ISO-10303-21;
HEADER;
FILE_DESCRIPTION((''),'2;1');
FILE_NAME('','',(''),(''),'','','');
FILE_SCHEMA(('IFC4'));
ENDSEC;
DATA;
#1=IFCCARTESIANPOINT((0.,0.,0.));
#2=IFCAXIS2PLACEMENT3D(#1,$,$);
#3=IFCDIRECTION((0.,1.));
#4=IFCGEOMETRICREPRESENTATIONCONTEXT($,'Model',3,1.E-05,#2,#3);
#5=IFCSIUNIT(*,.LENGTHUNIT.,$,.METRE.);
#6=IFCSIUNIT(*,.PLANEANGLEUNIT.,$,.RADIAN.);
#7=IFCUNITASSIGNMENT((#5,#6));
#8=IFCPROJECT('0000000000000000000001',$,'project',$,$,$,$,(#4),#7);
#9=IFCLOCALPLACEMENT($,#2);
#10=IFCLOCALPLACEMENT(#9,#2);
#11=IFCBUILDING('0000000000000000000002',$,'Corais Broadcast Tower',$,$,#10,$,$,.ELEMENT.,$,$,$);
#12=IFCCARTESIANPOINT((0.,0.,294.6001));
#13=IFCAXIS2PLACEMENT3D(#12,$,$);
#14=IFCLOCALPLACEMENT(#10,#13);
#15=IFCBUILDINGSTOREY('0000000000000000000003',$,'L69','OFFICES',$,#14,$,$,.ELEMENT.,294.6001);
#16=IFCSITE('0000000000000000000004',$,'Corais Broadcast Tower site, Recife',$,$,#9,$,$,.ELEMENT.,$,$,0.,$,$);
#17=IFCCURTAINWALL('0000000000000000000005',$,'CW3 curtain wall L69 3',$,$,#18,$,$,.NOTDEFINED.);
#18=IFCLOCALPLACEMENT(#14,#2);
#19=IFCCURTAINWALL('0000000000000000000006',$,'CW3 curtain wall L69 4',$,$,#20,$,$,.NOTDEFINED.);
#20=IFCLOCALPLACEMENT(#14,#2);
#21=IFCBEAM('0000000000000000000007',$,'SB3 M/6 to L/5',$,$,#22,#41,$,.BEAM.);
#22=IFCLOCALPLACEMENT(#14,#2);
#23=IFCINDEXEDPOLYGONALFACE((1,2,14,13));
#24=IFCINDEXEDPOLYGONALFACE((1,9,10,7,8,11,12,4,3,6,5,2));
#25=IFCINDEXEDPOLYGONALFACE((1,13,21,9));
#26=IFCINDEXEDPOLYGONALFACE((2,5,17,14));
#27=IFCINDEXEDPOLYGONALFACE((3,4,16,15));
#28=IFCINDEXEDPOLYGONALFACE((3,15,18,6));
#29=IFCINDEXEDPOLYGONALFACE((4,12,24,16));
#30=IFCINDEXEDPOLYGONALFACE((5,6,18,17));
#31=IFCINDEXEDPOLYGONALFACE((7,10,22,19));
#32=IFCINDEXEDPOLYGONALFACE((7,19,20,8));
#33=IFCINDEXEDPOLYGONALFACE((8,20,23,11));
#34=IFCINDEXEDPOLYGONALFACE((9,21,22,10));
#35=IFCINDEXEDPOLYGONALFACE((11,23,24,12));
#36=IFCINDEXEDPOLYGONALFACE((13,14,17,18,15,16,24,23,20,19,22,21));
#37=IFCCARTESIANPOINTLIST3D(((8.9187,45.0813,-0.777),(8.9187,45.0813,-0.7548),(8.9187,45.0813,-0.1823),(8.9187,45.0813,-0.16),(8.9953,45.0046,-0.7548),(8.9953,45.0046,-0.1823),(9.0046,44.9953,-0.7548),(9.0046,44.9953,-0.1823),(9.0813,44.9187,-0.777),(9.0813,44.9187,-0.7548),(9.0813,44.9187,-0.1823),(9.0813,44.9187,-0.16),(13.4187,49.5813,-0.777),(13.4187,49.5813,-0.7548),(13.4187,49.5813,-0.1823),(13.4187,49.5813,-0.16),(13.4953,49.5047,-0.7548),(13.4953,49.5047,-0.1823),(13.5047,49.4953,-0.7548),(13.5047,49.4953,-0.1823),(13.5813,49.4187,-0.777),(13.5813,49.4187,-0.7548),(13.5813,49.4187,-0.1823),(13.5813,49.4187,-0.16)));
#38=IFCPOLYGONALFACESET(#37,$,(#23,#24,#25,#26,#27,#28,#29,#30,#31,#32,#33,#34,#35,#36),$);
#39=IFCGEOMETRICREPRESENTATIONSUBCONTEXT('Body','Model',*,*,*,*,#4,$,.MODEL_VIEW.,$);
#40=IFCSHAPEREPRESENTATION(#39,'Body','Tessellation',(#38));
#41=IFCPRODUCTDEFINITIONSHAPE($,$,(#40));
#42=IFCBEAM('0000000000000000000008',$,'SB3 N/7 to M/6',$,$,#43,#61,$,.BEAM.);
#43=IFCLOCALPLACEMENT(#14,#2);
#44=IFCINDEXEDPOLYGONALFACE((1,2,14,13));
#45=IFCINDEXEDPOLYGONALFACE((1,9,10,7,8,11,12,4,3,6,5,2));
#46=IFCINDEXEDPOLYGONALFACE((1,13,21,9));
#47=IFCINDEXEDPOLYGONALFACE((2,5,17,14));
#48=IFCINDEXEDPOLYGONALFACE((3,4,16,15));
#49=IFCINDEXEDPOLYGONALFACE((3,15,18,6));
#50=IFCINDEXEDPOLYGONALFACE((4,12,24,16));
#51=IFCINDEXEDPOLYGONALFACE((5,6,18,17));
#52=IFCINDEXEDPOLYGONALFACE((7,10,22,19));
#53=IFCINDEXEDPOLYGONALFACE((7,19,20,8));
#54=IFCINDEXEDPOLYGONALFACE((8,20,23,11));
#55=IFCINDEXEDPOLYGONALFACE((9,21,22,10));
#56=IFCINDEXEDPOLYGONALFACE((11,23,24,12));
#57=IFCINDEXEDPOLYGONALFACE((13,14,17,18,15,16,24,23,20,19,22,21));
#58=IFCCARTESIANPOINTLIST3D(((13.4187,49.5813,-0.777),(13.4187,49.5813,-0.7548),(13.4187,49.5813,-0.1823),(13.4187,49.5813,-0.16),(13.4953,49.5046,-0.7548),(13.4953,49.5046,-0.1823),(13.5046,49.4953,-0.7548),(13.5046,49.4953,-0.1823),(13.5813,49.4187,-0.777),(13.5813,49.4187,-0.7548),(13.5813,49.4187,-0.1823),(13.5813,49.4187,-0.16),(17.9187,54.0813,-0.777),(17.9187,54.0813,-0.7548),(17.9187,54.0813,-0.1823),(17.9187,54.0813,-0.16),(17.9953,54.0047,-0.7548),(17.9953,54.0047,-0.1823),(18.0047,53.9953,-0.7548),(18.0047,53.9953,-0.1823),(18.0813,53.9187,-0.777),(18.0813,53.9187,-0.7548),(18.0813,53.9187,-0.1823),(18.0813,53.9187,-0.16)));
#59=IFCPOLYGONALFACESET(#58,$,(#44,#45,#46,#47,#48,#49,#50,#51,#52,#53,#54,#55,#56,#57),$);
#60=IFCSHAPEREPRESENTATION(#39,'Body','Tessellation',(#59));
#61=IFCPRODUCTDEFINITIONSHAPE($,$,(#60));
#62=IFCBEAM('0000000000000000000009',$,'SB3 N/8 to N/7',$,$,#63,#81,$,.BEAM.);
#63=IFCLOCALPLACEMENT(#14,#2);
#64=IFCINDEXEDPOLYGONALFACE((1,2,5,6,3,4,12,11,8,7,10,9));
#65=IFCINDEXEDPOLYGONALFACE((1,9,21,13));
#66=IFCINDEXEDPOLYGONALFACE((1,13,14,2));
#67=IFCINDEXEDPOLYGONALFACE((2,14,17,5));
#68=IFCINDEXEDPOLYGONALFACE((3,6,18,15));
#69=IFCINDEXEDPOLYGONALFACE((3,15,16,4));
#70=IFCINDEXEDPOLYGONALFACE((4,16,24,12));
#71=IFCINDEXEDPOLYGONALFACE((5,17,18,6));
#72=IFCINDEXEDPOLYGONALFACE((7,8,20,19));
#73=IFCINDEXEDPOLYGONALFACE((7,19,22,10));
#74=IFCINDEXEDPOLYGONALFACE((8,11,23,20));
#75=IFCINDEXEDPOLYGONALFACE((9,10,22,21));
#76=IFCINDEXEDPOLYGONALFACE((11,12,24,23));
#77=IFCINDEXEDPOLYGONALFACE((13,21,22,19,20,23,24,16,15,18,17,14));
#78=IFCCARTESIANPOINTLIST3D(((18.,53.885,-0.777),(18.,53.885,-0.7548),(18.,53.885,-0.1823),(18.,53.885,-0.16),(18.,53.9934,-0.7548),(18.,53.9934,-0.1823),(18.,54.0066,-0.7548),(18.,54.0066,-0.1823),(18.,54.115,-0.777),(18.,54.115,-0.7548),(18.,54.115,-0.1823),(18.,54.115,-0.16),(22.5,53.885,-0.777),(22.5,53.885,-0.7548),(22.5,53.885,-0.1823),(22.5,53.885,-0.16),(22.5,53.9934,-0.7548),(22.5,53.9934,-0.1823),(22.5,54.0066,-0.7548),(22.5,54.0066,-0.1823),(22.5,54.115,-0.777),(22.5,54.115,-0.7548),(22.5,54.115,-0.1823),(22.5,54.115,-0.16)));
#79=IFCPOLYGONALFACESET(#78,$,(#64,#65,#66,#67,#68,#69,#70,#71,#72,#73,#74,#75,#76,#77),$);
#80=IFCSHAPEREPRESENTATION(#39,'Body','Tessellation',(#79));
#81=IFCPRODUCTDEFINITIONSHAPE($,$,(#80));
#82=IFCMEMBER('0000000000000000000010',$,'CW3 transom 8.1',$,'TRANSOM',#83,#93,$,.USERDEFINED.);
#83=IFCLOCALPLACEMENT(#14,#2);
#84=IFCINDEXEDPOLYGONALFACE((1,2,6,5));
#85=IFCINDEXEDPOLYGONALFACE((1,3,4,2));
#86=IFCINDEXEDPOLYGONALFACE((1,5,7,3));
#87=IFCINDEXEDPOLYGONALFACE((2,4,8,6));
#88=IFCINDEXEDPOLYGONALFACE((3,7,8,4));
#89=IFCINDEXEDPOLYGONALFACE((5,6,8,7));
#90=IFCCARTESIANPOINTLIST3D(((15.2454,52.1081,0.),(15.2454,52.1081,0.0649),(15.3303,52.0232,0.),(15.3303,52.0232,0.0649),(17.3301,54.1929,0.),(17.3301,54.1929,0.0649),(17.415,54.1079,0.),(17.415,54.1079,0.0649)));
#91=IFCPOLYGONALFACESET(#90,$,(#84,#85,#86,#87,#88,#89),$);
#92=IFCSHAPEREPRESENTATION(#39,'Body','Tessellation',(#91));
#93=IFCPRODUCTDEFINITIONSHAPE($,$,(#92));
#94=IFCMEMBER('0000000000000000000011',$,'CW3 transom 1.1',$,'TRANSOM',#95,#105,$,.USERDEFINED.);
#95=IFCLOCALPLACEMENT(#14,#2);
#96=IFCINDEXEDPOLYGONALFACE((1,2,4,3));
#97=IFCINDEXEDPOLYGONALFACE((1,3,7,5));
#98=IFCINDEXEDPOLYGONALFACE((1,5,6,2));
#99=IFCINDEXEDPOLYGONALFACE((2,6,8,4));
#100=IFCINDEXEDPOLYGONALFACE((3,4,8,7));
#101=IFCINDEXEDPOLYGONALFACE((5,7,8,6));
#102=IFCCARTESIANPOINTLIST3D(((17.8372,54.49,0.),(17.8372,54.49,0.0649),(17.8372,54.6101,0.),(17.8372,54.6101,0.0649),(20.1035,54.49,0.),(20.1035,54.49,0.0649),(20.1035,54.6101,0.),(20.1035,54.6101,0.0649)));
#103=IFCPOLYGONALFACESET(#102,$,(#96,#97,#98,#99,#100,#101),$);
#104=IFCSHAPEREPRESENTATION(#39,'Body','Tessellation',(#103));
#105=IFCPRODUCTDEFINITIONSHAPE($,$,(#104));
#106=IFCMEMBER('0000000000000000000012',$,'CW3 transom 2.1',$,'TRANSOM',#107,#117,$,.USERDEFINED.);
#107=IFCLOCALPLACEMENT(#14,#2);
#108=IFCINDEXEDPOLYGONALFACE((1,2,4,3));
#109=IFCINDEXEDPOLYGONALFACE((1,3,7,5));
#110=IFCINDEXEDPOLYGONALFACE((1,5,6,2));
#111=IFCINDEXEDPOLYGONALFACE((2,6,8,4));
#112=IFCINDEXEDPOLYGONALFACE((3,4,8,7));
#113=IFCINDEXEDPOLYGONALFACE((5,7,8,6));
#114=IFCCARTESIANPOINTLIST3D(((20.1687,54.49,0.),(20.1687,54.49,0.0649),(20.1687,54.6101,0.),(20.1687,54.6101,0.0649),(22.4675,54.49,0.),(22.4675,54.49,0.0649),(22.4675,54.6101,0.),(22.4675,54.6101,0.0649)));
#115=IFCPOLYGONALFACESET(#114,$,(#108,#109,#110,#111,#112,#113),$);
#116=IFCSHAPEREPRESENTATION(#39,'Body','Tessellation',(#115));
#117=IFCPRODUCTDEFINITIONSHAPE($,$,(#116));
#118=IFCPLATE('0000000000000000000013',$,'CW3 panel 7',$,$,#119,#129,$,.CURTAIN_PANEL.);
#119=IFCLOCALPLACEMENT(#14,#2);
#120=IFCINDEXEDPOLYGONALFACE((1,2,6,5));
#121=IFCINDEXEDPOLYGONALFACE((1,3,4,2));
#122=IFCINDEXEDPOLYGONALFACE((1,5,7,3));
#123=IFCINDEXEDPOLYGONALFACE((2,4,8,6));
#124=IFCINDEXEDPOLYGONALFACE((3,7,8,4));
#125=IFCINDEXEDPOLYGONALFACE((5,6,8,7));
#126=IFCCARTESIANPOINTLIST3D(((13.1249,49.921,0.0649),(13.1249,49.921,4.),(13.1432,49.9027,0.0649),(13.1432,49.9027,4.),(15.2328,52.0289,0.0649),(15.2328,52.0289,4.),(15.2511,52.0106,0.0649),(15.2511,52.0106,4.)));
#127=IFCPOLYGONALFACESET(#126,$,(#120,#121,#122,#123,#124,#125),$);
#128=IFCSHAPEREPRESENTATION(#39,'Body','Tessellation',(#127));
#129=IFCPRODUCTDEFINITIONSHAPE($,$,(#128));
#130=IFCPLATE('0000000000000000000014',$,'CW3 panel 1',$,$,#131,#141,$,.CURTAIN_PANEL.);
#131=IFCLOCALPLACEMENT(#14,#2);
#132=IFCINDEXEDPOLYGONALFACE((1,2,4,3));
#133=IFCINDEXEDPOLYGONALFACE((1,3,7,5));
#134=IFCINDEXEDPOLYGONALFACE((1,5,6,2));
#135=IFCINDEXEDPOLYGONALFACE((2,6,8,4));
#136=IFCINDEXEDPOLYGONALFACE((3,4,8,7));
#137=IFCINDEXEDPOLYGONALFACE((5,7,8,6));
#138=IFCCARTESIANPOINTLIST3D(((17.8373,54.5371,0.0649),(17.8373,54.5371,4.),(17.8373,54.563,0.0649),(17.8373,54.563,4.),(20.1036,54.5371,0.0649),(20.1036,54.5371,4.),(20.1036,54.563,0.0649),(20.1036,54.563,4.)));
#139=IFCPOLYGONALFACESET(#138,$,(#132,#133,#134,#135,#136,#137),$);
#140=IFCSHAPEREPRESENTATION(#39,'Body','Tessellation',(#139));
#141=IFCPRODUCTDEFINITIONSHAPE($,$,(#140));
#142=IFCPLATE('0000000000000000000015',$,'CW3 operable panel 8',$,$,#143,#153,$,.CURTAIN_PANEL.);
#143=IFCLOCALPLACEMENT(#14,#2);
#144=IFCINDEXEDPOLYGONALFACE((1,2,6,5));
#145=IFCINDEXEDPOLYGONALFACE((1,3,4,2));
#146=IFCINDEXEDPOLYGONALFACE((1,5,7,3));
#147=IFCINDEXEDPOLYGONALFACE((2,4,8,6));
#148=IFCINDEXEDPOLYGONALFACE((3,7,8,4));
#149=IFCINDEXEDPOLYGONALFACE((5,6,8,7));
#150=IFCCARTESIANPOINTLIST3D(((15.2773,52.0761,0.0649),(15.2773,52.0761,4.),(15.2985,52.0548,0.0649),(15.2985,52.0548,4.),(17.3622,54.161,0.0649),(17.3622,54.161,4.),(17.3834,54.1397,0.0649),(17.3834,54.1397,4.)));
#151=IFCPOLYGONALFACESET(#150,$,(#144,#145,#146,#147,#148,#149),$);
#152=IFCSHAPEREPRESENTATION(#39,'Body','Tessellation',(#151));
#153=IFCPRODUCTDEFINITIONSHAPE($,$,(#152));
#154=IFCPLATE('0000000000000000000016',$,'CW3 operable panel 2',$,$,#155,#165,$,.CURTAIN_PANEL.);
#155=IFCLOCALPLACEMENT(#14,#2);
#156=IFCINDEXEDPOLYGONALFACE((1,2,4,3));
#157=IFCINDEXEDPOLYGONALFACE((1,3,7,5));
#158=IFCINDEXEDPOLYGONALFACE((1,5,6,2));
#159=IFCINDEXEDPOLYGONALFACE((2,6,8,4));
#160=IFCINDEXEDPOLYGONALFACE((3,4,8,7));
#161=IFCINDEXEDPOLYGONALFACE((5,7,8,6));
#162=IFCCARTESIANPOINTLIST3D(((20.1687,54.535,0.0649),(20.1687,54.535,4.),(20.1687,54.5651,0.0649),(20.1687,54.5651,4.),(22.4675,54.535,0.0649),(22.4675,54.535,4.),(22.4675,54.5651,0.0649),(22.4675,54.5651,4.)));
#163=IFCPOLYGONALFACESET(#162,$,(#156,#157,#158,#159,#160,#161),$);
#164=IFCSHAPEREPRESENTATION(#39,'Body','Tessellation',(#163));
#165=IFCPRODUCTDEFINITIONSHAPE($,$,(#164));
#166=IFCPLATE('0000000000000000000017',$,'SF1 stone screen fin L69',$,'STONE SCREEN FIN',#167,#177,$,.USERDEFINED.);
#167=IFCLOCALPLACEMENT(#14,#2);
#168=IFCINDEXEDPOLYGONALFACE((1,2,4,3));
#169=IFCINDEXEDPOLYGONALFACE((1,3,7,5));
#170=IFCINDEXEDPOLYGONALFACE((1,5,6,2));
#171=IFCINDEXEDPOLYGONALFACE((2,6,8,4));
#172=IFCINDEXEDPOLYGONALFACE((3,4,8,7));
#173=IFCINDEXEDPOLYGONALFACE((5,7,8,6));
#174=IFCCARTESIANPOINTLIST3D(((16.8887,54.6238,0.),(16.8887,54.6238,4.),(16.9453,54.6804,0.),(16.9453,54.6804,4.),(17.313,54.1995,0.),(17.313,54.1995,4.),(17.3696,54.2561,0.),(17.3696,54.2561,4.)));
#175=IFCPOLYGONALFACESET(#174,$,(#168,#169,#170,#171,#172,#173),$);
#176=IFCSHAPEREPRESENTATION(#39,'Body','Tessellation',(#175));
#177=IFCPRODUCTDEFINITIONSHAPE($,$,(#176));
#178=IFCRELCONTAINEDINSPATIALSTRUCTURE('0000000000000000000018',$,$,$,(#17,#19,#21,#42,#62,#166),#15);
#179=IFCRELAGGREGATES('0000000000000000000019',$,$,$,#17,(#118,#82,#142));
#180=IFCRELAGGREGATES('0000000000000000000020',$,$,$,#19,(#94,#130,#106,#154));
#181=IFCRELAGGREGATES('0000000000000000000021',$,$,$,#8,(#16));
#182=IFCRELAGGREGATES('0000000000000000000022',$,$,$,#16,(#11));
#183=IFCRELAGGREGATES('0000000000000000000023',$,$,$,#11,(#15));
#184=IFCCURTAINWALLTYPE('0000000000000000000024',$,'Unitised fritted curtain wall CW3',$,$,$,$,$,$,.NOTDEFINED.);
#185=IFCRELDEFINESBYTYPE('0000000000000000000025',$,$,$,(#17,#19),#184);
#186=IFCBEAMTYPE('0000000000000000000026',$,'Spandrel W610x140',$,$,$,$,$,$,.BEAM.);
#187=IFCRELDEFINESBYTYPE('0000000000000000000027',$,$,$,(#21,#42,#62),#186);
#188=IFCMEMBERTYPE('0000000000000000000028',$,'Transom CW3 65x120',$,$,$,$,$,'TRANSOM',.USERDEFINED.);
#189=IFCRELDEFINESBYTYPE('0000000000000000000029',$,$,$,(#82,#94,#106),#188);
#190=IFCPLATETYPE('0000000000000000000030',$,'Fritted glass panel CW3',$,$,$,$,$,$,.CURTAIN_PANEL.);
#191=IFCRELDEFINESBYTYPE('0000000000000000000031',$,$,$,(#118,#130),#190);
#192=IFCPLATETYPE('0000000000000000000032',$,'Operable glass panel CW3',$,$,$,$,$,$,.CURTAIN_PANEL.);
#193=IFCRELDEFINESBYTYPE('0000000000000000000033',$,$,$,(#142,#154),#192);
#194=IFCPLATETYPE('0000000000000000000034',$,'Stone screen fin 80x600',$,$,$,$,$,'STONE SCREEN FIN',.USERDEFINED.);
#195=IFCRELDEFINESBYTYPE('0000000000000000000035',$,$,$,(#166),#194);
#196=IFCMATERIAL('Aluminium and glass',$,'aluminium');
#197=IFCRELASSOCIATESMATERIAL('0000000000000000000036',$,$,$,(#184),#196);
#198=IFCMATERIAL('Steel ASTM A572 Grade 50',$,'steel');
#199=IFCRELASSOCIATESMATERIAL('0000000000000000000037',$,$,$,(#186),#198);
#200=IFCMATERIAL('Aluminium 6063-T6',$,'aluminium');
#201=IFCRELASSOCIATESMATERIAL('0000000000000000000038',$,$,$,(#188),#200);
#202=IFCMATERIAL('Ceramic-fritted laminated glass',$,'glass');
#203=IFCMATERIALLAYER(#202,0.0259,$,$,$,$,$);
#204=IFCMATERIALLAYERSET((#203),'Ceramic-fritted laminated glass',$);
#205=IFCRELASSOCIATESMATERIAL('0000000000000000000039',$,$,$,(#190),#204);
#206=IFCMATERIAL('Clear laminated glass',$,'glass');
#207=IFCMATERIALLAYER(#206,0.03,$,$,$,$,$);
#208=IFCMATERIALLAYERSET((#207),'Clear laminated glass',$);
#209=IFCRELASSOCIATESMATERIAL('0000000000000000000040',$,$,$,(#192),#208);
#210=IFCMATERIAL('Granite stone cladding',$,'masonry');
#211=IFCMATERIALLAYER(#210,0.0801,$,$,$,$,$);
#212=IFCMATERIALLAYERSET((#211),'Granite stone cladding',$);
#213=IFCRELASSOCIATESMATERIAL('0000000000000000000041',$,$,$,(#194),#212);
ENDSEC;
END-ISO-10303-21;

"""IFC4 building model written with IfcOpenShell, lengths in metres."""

from ifc_helpers import new_model, si_unit, direction, frame, origin, origin_2d, place, context, subcontext, project, spatial, rectangle, i_section, extrude, material, layer, layer_set, material_profile, profile_set, type_object, element, aggregate, save


model = new_model("IFC4")

# Units and contexts
model_context = context("Model", 3, precision=1e-05, world=origin(), true_north=direction((0.0, 1.0)))
body_context = subcontext(model_context, "Body", "Model", "MODEL_VIEW")
ifc_project = project(units=[si_unit("LENGTHUNIT", "METRE"), si_unit("PLANEANGLEUNIT", "RADIAN")], contexts=[model_context])

# Site, building, storey
site_placement = place(None, origin())
site = spatial("IfcSite", under=ifc_project, at=site_placement, Name="Corais Broadcast Tower site, Recife", CompositionType="ELEMENT", RefElevation=0.0)
building_placement = place(site_placement, origin())
building = spatial("IfcBuilding", under=site, at=building_placement, Name="Corais Broadcast Tower", CompositionType="ELEMENT")
storey_placement = place(building_placement, frame((0.0, 0.0, 294.6001)))
storey = spatial("IfcBuildingStorey", under=building, at=storey_placement, Name="L69", Description="OFFICES", CompositionType="ELEMENT", Elevation=294.6001)

# Curtain walls
ifc_material_1 = material(Name="Aluminium and glass", Category="aluminium")
curtain_wall_type = type_object("IfcCurtainWallType", Name="Unitised fritted curtain wall CW3", PredefinedType="NOTDEFINED", material=ifc_material_1)
curtain_wall_1_placement = place(storey_placement, origin())
curtain_wall_1 = element("IfcCurtainWall", 1, at=curtain_wall_1_placement, inside=storey, type_object=curtain_wall_type, Name="CW3 curtain wall L69 3", PredefinedType="NOTDEFINED")
curtain_wall_2_placement = place(storey_placement, origin())
curtain_wall_2 = element("IfcCurtainWall", 2, at=curtain_wall_2_placement, inside=storey, type_object=curtain_wall_type, Name="CW3 curtain wall L69 4", PredefinedType="NOTDEFINED")

# Beams
ifc_material_2 = material(Name="Steel ASTM A572 Grade 50", Category="steel")
ifc_material_profile_1 = material_profile(ifc_material_2, i_section(OverallWidth=0.23, OverallDepth=0.6169, WebThickness=0.0132, FlangeThickness=0.0222, at=origin_2d()), Name="W610x140")
ifc_profile_set_1 = profile_set([ifc_material_profile_1], Name="Steel ASTM A572 Grade 50")
beam_type_1 = type_object("IfcBeamType", Name="Spandrel W610x140", PredefinedType="BEAM", material=ifc_profile_set_1)
for number, where, z_axis, x_axis, name in (
    (3, (13.5, 49.5, -0.4685), (-0.707107, -0.707107, 0.0), (0.707107, -0.707107, 0.0), "SB3 M/6 to L/5"),
    (4, (18.0, 54.0, -0.4685), (-0.707107, -0.707107, 0.0), (0.707107, -0.707107, 0.0), "SB3 N/7 to M/6"),
):
    element("IfcBeam", number, at=place(storey_placement, frame(where, z_axis=z_axis, x_axis=x_axis)), inside=storey, type_object=beam_type_1, Name=name, PredefinedType="BEAM", context=body_context, shape_type="SweptSolid", body=[
        extrude(i_section(OverallWidth=0.23, OverallDepth=0.6169, WebThickness=0.0132, FlangeThickness=0.0222, at=origin_2d()), origin(), (0.0, 0.0, 1.0), 6.364),
    ])
beam_1_placement = place(storey_placement, frame((22.5, 54.0, -0.4685), z_axis=(-1.0, 0.0, 0.0), x_axis=(0.0, -1.0, 0.0)))
element("IfcBeam", 5, at=beam_1_placement, inside=storey, type_object=beam_type_1, Name="SB3 N/8 to N/7", PredefinedType="BEAM", context=body_context, shape_type="SweptSolid", body=[
    extrude(i_section(OverallWidth=0.23, OverallDepth=0.6169, WebThickness=0.0132, FlangeThickness=0.0222, at=origin_2d()), origin(), (0.0, 0.0, 1.0), 4.5),
])

# Members
ifc_material_3 = material(Name="Aluminium 6063-T6", Category="aluminium")
ifc_material_profile_2 = material_profile(ifc_material_3, rectangle(XDim=0.1201, YDim=0.0649, at=origin_2d()), Name="Transom CW3 65x120")
ifc_profile_set_2 = profile_set([ifc_material_profile_2], Name="Aluminium 6063-T6")
member_type_1 = type_object("IfcMemberType", Name="Transom CW3 65x120", ElementType="TRANSOM", PredefinedType="USERDEFINED", material=ifc_profile_set_2)
member_1_placement = place(storey_placement, frame((15.2878, 52.0657, 0.0325), z_axis=(0.707107, 0.707107, 0.0), x_axis=(-0.707107, 0.707107, 0.0)))
member_1 = element("IfcMember", 6, at=member_1_placement, type_object=member_type_1, Name="CW3 transom 8.1", ObjectType="TRANSOM", PredefinedType="USERDEFINED", context=body_context, shape_type="SweptSolid", body=[
    extrude(rectangle(XDim=0.1201, YDim=0.0649, at=origin_2d()), origin(), (0.0, 0.0, 1.0), 2.9482),
])
member_2_placement = place(storey_placement, frame((17.8372, 54.55, 0.0325), z_axis=(1.0, 0.0, 0.0), x_axis=(0.0, 1.0, 0.0)))
member_2 = element("IfcMember", 7, at=member_2_placement, type_object=member_type_1, Name="CW3 transom 1.1", ObjectType="TRANSOM", PredefinedType="USERDEFINED", context=body_context, shape_type="SweptSolid", body=[
    extrude(rectangle(XDim=0.1201, YDim=0.0649, at=origin_2d()), origin(), (0.0, 0.0, 1.0), 2.2664),
])
member_3_placement = place(storey_placement, frame((20.1687, 54.55, 0.0325), z_axis=(1.0, 0.0, 0.0), x_axis=(0.0, 1.0, 0.0)))
member_3 = element("IfcMember", 8, at=member_3_placement, type_object=member_type_1, Name="CW3 transom 2.1", ObjectType="TRANSOM", PredefinedType="USERDEFINED", context=body_context, shape_type="SweptSolid", body=[
    extrude(rectangle(XDim=0.1201, YDim=0.0649, at=origin_2d()), origin(), (0.0, 0.0, 1.0), 2.2988),
])

# Plates
ifc_material_4 = material(Name="Ceramic-fritted laminated glass", Category="glass")
ifc_layer_1 = layer(ifc_material_4, 0.0259)
ifc_layer_set_1 = layer_set([ifc_layer_1], Name="Ceramic-fritted laminated glass")
plate_type_1 = type_object("IfcPlateType", Name="Fritted glass panel CW3", PredefinedType="CURTAIN_PANEL", material=ifc_layer_set_1)
plate_1_placement = place(storey_placement, frame((14.188, 50.9658, 0.0649), z_axis=(0.0, 0.0, 1.0), x_axis=(0.707107, 0.707107, 0.0)))
plate_1 = element("IfcPlate", 9, at=plate_1_placement, type_object=plate_type_1, Name="CW3 panel 7", PredefinedType="CURTAIN_PANEL", context=body_context, shape_type="SweptSolid", body=[
    extrude(rectangle(XDim=2.981, YDim=0.0259, at=origin_2d()), origin(), (0.0, 0.0, 1.0), 3.9351),
])
plate_2_placement = place(storey_placement, frame((18.9705, 54.55, 0.0649), z_axis=(0.0, 0.0, 1.0), x_axis=(1.0, 0.0, 0.0)))
plate_2 = element("IfcPlate", 10, at=plate_2_placement, type_object=plate_type_1, Name="CW3 panel 1", PredefinedType="CURTAIN_PANEL", context=body_context, shape_type="SweptSolid", body=[
    extrude(rectangle(XDim=2.2664, YDim=0.0259, at=origin_2d()), origin(), (0.0, 0.0, 1.0), 3.9351),
])
ifc_material_5 = material(Name="Clear laminated glass", Category="glass")
ifc_layer_2 = layer(ifc_material_5, 0.03)
ifc_layer_set_2 = layer_set([ifc_layer_2], Name="Clear laminated glass")
plate_type_2 = type_object("IfcPlateType", Name="Operable glass panel CW3", PredefinedType="CURTAIN_PANEL", material=ifc_layer_set_2)
plate_3_placement = place(storey_placement, frame((16.3303, 53.1079, 0.0649), z_axis=(0.0, 0.0, 1.0), x_axis=(0.707107, 0.707107, 0.0)))
plate_3 = element("IfcPlate", 11, at=plate_3_placement, type_object=plate_type_2, Name="CW3 operable panel 8", PredefinedType="CURTAIN_PANEL", context=body_context, shape_type="SweptSolid", body=[
    extrude(rectangle(XDim=2.9485, YDim=0.03, at=origin_2d()), origin(), (0.0, 0.0, 1.0), 3.9351),
])
aggregate(curtain_wall_1, [plate_1, member_1, plate_3])
plate_4_placement = place(storey_placement, frame((21.3181, 54.55, 0.0649), z_axis=(0.0, 0.0, 1.0), x_axis=(1.0, 0.0, 0.0)))
plate_4 = element("IfcPlate", 12, at=plate_4_placement, type_object=plate_type_2, Name="CW3 operable panel 2", PredefinedType="CURTAIN_PANEL", context=body_context, shape_type="SweptSolid", body=[
    extrude(rectangle(XDim=2.2988, YDim=0.03, at=origin_2d()), origin(), (0.0, 0.0, 1.0), 3.9351),
])
aggregate(curtain_wall_2, [member_2, plate_2, member_3, plate_4])
ifc_material_6 = material(Name="Granite stone cladding", Category="masonry")
ifc_layer_3 = layer(ifc_material_6, 0.0801)
ifc_layer_set_3 = layer_set([ifc_layer_3], Name="Granite stone cladding")
plate_type_3 = type_object("IfcPlateType", Name="Stone screen fin 80x600", ElementType="STONE SCREEN FIN", PredefinedType="USERDEFINED", material=ifc_layer_set_3)
plate_5_placement = place(storey_placement, frame((17.1292, 54.4399, 0.0), z_axis=(0.0, 0.0, 1.0), x_axis=(0.707107, 0.707107, 0.0)))
element("IfcPlate", 13, at=plate_5_placement, inside=storey, type_object=plate_type_3, Name="SF1 stone screen fin L69", ObjectType="STONE SCREEN FIN", PredefinedType="USERDEFINED", context=body_context, shape_type="SweptSolid", body=[
    extrude(rectangle(XDim=0.0801, YDim=0.6001, at=origin_2d()), origin(), (0.0, 0.0, 1.0), 4.0),
])

save(model, "model.ifc")
